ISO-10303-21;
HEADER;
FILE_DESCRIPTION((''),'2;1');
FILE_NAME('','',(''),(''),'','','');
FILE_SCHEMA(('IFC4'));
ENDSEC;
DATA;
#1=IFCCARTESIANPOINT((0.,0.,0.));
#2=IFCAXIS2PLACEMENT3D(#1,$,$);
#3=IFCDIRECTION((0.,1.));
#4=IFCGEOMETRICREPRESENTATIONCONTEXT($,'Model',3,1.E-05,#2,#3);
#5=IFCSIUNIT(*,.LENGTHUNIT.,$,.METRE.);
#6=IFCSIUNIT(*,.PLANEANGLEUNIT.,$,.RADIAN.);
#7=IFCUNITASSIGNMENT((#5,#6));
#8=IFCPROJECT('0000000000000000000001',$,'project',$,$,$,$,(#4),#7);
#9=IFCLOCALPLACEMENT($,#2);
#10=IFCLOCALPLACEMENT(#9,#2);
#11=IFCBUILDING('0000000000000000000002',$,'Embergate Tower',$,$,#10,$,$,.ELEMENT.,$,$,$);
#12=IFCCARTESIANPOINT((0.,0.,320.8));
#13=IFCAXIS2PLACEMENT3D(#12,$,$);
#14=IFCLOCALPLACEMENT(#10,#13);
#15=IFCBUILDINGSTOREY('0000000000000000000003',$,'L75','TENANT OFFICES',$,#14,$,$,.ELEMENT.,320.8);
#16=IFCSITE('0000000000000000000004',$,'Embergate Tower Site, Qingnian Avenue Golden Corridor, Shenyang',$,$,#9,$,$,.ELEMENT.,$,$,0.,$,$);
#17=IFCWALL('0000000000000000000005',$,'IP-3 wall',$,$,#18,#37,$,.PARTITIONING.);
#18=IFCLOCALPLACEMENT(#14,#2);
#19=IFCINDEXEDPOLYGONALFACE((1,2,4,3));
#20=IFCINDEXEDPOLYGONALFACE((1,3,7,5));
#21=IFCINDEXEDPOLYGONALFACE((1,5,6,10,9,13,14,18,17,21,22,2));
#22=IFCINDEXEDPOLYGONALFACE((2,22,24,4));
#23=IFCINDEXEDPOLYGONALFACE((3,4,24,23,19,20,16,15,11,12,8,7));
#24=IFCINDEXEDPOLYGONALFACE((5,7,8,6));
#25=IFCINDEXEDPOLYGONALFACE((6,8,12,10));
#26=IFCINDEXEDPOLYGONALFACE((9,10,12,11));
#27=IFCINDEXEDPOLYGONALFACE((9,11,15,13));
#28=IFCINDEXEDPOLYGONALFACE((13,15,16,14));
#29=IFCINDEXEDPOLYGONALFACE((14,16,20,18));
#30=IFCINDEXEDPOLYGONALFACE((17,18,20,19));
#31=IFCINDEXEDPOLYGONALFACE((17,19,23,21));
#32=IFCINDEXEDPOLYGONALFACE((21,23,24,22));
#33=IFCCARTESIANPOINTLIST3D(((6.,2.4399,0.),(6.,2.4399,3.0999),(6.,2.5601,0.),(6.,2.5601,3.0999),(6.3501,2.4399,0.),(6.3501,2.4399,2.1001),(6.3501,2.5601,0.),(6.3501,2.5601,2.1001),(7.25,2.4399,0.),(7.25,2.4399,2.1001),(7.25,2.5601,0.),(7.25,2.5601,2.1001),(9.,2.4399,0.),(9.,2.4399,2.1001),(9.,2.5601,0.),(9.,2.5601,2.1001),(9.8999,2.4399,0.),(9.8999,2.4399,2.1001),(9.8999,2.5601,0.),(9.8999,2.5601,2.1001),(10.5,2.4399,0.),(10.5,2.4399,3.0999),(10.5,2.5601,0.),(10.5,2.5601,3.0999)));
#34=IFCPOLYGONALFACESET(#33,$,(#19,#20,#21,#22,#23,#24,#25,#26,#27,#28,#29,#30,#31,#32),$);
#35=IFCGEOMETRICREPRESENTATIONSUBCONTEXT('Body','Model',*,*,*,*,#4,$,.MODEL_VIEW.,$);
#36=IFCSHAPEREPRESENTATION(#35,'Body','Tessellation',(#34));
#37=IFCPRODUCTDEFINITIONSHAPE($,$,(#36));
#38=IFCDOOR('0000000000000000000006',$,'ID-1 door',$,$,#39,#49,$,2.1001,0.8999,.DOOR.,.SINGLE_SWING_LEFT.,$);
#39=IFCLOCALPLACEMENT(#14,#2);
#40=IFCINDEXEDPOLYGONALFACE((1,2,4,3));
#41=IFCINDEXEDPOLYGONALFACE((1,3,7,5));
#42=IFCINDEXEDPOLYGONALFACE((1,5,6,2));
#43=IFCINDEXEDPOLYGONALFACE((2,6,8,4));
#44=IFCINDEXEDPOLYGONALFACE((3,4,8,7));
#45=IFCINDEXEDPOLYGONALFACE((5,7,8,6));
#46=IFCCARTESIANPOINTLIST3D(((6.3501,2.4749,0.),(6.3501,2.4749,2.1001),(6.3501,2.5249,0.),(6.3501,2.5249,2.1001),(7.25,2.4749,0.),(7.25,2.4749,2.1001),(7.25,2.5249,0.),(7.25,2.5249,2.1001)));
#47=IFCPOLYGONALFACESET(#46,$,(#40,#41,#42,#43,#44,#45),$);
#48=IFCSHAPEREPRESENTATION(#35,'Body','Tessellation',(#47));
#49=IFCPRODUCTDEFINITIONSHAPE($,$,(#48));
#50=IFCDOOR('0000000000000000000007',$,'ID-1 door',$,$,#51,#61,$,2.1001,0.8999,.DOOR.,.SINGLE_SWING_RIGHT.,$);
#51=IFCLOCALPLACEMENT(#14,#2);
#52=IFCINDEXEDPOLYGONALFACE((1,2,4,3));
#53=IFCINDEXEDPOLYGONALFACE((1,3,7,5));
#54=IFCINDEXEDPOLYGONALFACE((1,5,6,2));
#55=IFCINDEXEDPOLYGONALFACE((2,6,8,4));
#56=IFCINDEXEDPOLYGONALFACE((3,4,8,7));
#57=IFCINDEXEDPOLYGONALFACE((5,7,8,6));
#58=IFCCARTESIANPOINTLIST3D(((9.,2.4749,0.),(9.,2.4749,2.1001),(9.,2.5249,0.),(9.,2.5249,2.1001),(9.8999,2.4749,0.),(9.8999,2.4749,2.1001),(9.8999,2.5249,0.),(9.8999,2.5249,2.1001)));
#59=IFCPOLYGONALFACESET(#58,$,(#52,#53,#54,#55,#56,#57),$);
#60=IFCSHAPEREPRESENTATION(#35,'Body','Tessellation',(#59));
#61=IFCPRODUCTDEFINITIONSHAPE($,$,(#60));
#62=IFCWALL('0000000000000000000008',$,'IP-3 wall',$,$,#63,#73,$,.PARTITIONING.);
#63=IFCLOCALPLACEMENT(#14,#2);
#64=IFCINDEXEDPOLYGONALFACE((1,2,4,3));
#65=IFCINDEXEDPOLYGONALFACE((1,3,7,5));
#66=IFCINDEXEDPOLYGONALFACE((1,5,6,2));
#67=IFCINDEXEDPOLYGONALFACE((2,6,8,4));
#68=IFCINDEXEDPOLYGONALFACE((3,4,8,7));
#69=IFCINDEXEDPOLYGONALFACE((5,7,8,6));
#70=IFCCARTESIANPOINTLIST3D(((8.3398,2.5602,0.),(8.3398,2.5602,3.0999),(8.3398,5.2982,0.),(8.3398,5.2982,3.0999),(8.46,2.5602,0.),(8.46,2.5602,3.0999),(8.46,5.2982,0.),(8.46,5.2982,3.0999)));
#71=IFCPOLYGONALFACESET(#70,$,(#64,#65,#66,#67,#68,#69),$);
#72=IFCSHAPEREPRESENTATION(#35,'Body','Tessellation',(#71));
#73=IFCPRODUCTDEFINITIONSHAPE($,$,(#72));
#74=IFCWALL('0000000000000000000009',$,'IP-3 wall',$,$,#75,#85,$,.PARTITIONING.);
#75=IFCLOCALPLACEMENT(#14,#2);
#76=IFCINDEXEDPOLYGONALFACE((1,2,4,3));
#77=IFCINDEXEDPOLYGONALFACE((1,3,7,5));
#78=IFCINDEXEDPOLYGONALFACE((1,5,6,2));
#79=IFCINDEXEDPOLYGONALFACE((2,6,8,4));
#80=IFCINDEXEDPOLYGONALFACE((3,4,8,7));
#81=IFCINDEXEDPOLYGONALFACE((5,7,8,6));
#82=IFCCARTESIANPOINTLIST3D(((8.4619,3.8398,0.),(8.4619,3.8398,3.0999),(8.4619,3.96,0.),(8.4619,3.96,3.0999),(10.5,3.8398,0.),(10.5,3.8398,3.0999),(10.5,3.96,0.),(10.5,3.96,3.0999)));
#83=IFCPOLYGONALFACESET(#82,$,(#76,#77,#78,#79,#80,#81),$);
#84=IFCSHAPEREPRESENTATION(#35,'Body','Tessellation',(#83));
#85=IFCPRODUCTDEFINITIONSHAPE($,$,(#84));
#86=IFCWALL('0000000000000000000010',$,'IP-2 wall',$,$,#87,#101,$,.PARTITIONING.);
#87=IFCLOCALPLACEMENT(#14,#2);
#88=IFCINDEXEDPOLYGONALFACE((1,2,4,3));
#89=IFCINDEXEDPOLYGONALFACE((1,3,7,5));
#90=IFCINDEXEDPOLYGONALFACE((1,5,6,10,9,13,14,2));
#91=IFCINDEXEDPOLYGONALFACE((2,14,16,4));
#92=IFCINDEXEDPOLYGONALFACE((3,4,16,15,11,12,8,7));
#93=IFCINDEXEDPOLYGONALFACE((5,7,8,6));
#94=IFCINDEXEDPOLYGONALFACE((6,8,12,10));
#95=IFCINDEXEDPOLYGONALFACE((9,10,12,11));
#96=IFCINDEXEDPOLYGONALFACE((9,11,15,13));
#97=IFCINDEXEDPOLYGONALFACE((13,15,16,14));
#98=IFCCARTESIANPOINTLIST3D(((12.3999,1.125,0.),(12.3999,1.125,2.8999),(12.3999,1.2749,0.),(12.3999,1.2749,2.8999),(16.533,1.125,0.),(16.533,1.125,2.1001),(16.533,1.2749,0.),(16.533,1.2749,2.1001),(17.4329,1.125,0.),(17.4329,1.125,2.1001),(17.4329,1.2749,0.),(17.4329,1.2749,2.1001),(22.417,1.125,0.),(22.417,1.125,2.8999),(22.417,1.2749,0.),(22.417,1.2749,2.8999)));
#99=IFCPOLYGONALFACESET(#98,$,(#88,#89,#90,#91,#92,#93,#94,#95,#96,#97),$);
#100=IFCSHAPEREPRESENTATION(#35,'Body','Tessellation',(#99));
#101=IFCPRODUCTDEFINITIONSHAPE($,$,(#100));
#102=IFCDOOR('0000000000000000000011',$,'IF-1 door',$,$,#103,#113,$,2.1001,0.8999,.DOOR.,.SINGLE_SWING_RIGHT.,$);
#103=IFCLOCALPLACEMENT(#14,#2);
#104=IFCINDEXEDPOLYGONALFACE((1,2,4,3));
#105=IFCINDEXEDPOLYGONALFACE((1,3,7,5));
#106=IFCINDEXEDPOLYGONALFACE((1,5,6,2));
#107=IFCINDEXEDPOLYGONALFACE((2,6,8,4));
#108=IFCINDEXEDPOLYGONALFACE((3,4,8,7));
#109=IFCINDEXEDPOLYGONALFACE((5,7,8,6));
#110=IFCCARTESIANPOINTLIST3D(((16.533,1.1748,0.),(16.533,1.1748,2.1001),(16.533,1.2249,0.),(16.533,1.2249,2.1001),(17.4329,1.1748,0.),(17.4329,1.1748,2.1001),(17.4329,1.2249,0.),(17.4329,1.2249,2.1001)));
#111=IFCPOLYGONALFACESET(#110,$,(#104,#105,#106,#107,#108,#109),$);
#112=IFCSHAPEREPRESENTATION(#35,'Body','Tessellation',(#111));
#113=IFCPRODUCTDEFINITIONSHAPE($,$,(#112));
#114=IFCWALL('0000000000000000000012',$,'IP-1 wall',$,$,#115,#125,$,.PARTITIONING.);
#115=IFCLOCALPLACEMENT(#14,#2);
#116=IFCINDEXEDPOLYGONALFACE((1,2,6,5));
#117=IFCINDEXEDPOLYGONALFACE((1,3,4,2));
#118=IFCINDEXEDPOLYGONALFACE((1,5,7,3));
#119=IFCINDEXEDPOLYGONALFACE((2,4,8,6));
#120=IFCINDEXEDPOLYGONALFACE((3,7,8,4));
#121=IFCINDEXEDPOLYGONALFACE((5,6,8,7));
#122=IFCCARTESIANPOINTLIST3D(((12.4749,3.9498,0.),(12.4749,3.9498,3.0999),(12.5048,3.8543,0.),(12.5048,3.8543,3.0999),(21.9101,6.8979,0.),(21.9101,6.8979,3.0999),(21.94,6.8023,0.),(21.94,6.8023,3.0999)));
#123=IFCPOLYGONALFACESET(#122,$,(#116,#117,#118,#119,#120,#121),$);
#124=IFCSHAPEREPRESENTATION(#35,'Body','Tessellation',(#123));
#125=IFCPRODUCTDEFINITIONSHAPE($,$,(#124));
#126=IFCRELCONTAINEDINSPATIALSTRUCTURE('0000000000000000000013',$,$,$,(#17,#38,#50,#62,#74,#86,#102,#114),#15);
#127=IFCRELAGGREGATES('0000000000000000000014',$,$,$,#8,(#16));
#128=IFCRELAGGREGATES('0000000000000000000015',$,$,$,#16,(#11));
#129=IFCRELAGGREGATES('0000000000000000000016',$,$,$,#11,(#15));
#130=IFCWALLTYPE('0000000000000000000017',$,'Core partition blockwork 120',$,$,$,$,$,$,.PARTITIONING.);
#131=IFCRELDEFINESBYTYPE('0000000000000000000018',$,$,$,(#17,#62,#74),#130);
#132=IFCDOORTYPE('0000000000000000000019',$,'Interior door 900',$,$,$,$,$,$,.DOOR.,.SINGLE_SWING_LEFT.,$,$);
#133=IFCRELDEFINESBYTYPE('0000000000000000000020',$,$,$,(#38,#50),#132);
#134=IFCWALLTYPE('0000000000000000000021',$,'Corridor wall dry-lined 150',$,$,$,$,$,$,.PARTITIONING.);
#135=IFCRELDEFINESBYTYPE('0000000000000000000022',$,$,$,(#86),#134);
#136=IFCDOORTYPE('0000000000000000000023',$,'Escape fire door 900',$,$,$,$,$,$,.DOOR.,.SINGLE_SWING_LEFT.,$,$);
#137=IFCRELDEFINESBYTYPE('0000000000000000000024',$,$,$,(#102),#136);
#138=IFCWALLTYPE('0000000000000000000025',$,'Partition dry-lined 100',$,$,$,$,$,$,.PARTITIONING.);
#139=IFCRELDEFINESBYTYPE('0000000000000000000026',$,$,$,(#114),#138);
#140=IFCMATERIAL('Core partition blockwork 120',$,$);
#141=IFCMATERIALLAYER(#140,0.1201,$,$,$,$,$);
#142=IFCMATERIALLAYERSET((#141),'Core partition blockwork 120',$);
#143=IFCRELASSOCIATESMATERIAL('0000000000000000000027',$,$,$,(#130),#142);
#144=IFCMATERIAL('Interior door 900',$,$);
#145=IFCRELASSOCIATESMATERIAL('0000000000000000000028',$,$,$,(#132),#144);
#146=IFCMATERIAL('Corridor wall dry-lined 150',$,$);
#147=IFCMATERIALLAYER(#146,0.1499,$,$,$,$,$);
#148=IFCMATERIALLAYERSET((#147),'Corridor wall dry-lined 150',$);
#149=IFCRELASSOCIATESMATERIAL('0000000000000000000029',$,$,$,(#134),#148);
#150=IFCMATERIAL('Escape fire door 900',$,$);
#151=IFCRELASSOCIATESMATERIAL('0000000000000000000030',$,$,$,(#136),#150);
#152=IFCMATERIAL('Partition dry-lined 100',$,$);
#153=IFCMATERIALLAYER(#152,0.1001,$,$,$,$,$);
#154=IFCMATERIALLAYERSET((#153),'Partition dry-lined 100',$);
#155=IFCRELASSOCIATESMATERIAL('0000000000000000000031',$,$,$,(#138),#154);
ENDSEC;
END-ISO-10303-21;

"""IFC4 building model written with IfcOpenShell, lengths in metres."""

from ifc_helpers import new_model, si_unit, direction, frame, frame_2d, origin, place, context, subcontext, project, spatial, rectangle, extrude, source, transform, mapped, material, layer, layer_set, type_object, element, fill, save


model = new_model("IFC4")

# Units and contexts
model_context = context("Model", 3, precision=1e-05, world=origin(), true_north=direction((0.0, 1.0)))
body_context = subcontext(model_context, "Body", "Model", "MODEL_VIEW")
ifc_project = project(units=[si_unit("LENGTHUNIT", "METRE"), si_unit("PLANEANGLEUNIT", "RADIAN")], contexts=[model_context])

# Site, building, storey
site_placement = place(None, origin())
site = spatial("IfcSite", under=ifc_project, at=site_placement, Name="Embergate Tower Site, Qingnian Avenue Golden Corridor, Shenyang", CompositionType="ELEMENT", RefElevation=0.0)
building_placement = place(site_placement, origin())
building = spatial("IfcBuilding", under=site, at=building_placement, Name="Embergate Tower", CompositionType="ELEMENT")
storey_placement = place(building_placement, frame((0.0, 0.0, 320.8)))
storey = spatial("IfcBuildingStorey", under=building, at=storey_placement, Name="L75", Description="TENANT OFFICES", CompositionType="ELEMENT", Elevation=320.8)

# Shared definitions
ifc_material_1 = material(Name="Core partition blockwork 120")
ifc_layer_1 = layer(ifc_material_1, 0.1201)
ifc_layer_set_1 = layer_set([ifc_layer_1], Name="Core partition blockwork 120")
wall_type_1 = type_object("IfcWallType", Name="Core partition blockwork 120", PredefinedType="PARTITIONING", material=ifc_layer_set_1)

# Wall, openings, doors
shared_shape_1 = source(origin(), body_context, "Body", "SweptSolid", [
    extrude(rectangle(XDim=4.5, YDim=0.1201, at=frame_2d((2.25, 0.0))), origin(), (0.0, 0.0, 1.0), 3.0999),
])
wall_1_placement = place(storey_placement, frame((6.0, 2.5, 0.0), z_axis=(0.0, 0.0, 1.0), x_axis=(1.0, 0.0, 0.0)))
wall_1 = element("IfcWall", 1, at=wall_1_placement, inside=storey, type_object=wall_type_1, Name="IP-3 wall", PredefinedType="PARTITIONING", context=body_context, shape_type="MappedRepresentation", body=[
    mapped(shared_shape_1, transform((0.0, 0.0, 0.0))),
])
shared_shape_2 = source(origin(), body_context, "Body", "SweptSolid", [
    extrude(rectangle(XDim=0.8999, YDim=2.1001, at=frame_2d((0.45, 1.05))), frame((0.0, 0.0701, 0.0), z_axis=(0.0, -1.0, 0.0), x_axis=(1.0, 0.0, 0.0)), (0.0, 0.0, 1.0), 0.1401),
])
opening_1_placement = place(wall_1_placement, frame((0.3501, 0.0, 0.0)))
opening_1 = element("IfcOpeningElement", 2, at=opening_1_placement, cuts=wall_1, PredefinedType="OPENING", context=body_context, shape_type="MappedRepresentation", body=[
    mapped(shared_shape_2, transform((0.0, 0.0, 0.0))),
])
opening_2_placement = place(wall_1_placement, frame((3.0, 0.0, 0.0)))
opening_2 = element("IfcOpeningElement", 3, at=opening_2_placement, cuts=wall_1, PredefinedType="OPENING", context=body_context, shape_type="MappedRepresentation", body=[
    mapped(shared_shape_2, transform((0.0, 0.0, 0.0))),
])
ifc_material_2 = material(Name="Interior door 900")
door_type_1 = type_object("IfcDoorType", Name="Interior door 900", OperationType="SINGLE_SWING_LEFT", PredefinedType="DOOR", material=ifc_material_2)
shared_shape_3 = source(origin(), body_context, "Body", "SweptSolid", [
    extrude(rectangle(XDim=0.8999, YDim=2.1001, at=frame_2d((0.45, 1.05))), frame((0.0, 0.0249, 0.0), z_axis=(0.0, -1.0, 0.0), x_axis=(1.0, 0.0, 0.0)), (0.0, 0.0, 1.0), 0.05),
])
door_1_placement = place(opening_1_placement, origin())
door_1 = element("IfcDoor", 4, at=door_1_placement, inside=storey, type_object=door_type_1, Name="ID-1 door", OperationType="SINGLE_SWING_LEFT", OverallHeight=2.1001, OverallWidth=0.8999, PredefinedType="DOOR", context=body_context, shape_type="MappedRepresentation", body=[
    mapped(shared_shape_3, transform((0.0, 0.0, 0.0))),
])
fill(opening_1, door_1)
door_2_placement = place(opening_2_placement, origin())
door_2 = element("IfcDoor", 5, at=door_2_placement, inside=storey, type_object=door_type_1, Name="ID-1 door", OperationType="SINGLE_SWING_RIGHT", OverallHeight=2.1001, OverallWidth=0.8999, PredefinedType="DOOR", context=body_context, shape_type="MappedRepresentation", body=[
    mapped(shared_shape_3, transform((0.0, 0.0, 0.0))),
])
fill(opening_2, door_2)

# Walls
shared_shape_4 = source(origin(), body_context, "Body", "SweptSolid", [
    extrude(rectangle(XDim=2.738, YDim=0.1201, at=frame_2d((1.3691, 0.0))), origin(), (0.0, 0.0, 1.0), 3.0999),
])
wall_2_placement = place(storey_placement, frame((8.3999, 2.5601, 0.0), z_axis=(0.0, 0.0, 1.0), x_axis=(0.0, 1.0, 0.0)))
element("IfcWall", 6, at=wall_2_placement, inside=storey, type_object=wall_type_1, Name="IP-3 wall", PredefinedType="PARTITIONING", context=body_context, shape_type="MappedRepresentation", body=[
    mapped(shared_shape_4, transform((0.0, 0.0, 0.0))),
])
shared_shape_5 = source(origin(), body_context, "Body", "SweptSolid", [
    extrude(rectangle(XDim=2.0381, YDim=0.1201, at=frame_2d((1.019, 0.0))), origin(), (0.0, 0.0, 1.0), 3.0999),
])
wall_3_placement = place(storey_placement, frame((10.5, 3.8999, 0.0), z_axis=(0.0, 0.0, 1.0), x_axis=(-1.0, 0.0, 0.0)))
element("IfcWall", 7, at=wall_3_placement, inside=storey, type_object=wall_type_1, Name="IP-3 wall", PredefinedType="PARTITIONING", context=body_context, shape_type="MappedRepresentation", body=[
    mapped(shared_shape_5, transform((0.0, 0.0, 0.0))),
])

# Wall, opening, door
ifc_material_3 = material(Name="Corridor wall dry-lined 150")
ifc_layer_2 = layer(ifc_material_3, 0.1499)
ifc_layer_set_2 = layer_set([ifc_layer_2], Name="Corridor wall dry-lined 150")
wall_type_2 = type_object("IfcWallType", Name="Corridor wall dry-lined 150", PredefinedType="PARTITIONING", material=ifc_layer_set_2)
shared_shape_6 = source(origin(), body_context, "Body", "SweptSolid", [
    extrude(rectangle(XDim=10.0171, YDim=0.1499, at=frame_2d((5.0085, 0.0))), origin(), (0.0, 0.0, 1.0), 2.8999),
])
wall_4_placement = place(storey_placement, frame((12.3999, 1.2, 0.0), z_axis=(0.0, 0.0, 1.0), x_axis=(1.0, 0.0, 0.0)))
wall_4 = element("IfcWall", 8, at=wall_4_placement, inside=storey, type_object=wall_type_2, Name="IP-2 wall", PredefinedType="PARTITIONING", context=body_context, shape_type="MappedRepresentation", body=[
    mapped(shared_shape_6, transform((0.0, 0.0, 0.0))),
])
shared_shape_7 = source(origin(), body_context, "Body", "SweptSolid", [
    extrude(rectangle(XDim=0.8999, YDim=2.1001, at=frame_2d((0.45, 1.05))), frame((0.0, 0.085, 0.0), z_axis=(0.0, -1.0, 0.0), x_axis=(1.0, 0.0, 0.0)), (0.0, 0.0, 1.0), 0.1699),
])
opening_3_placement = place(wall_4_placement, frame((4.1331, 0.0, 0.0)))
opening_3 = element("IfcOpeningElement", 9, at=opening_3_placement, cuts=wall_4, PredefinedType="OPENING", context=body_context, shape_type="MappedRepresentation", body=[
    mapped(shared_shape_7, transform((0.0, 0.0, 0.0))),
])
ifc_material_4 = material(Name="Escape fire door 900")
door_type_2 = type_object("IfcDoorType", Name="Escape fire door 900", OperationType="SINGLE_SWING_LEFT", PredefinedType="DOOR", material=ifc_material_4)
door_3_placement = place(opening_3_placement, origin())
door_3 = element("IfcDoor", 10, at=door_3_placement, inside=storey, type_object=door_type_2, Name="IF-1 door", OperationType="SINGLE_SWING_RIGHT", OverallHeight=2.1001, OverallWidth=0.8999, PredefinedType="DOOR", context=body_context, shape_type="MappedRepresentation", body=[
    mapped(shared_shape_3, transform((0.0, 0.0, 0.0))),
])
fill(opening_3, door_3)

# Wall
ifc_material_5 = material(Name="Partition dry-lined 100")
ifc_layer_3 = layer(ifc_material_5, 0.1001)
ifc_layer_set_3 = layer_set([ifc_layer_3], Name="Partition dry-lined 100")
wall_type_3 = type_object("IfcWallType", Name="Partition dry-lined 100", PredefinedType="PARTITIONING", material=ifc_layer_set_3)
shared_shape_8 = source(origin(), body_context, "Body", "SweptSolid", [
    extrude(rectangle(XDim=9.885, YDim=0.1001, at=frame_2d((4.9424, 0.0))), origin(), (0.0, 0.0, 1.0), 3.0999),
])
wall_5_placement = place(storey_placement, frame((12.49, 3.9021, 0.0), z_axis=(0.0, 0.0, 1.0), x_axis=(0.954493, 0.298233, 0.0)))
element("IfcWall", 11, at=wall_5_placement, inside=storey, type_object=wall_type_3, Name="IP-1 wall", PredefinedType="PARTITIONING", context=body_context, shape_type="MappedRepresentation", body=[
    mapped(shared_shape_8, transform((0.0, 0.0, 0.0))),
])

save(model, "model.ifc")
